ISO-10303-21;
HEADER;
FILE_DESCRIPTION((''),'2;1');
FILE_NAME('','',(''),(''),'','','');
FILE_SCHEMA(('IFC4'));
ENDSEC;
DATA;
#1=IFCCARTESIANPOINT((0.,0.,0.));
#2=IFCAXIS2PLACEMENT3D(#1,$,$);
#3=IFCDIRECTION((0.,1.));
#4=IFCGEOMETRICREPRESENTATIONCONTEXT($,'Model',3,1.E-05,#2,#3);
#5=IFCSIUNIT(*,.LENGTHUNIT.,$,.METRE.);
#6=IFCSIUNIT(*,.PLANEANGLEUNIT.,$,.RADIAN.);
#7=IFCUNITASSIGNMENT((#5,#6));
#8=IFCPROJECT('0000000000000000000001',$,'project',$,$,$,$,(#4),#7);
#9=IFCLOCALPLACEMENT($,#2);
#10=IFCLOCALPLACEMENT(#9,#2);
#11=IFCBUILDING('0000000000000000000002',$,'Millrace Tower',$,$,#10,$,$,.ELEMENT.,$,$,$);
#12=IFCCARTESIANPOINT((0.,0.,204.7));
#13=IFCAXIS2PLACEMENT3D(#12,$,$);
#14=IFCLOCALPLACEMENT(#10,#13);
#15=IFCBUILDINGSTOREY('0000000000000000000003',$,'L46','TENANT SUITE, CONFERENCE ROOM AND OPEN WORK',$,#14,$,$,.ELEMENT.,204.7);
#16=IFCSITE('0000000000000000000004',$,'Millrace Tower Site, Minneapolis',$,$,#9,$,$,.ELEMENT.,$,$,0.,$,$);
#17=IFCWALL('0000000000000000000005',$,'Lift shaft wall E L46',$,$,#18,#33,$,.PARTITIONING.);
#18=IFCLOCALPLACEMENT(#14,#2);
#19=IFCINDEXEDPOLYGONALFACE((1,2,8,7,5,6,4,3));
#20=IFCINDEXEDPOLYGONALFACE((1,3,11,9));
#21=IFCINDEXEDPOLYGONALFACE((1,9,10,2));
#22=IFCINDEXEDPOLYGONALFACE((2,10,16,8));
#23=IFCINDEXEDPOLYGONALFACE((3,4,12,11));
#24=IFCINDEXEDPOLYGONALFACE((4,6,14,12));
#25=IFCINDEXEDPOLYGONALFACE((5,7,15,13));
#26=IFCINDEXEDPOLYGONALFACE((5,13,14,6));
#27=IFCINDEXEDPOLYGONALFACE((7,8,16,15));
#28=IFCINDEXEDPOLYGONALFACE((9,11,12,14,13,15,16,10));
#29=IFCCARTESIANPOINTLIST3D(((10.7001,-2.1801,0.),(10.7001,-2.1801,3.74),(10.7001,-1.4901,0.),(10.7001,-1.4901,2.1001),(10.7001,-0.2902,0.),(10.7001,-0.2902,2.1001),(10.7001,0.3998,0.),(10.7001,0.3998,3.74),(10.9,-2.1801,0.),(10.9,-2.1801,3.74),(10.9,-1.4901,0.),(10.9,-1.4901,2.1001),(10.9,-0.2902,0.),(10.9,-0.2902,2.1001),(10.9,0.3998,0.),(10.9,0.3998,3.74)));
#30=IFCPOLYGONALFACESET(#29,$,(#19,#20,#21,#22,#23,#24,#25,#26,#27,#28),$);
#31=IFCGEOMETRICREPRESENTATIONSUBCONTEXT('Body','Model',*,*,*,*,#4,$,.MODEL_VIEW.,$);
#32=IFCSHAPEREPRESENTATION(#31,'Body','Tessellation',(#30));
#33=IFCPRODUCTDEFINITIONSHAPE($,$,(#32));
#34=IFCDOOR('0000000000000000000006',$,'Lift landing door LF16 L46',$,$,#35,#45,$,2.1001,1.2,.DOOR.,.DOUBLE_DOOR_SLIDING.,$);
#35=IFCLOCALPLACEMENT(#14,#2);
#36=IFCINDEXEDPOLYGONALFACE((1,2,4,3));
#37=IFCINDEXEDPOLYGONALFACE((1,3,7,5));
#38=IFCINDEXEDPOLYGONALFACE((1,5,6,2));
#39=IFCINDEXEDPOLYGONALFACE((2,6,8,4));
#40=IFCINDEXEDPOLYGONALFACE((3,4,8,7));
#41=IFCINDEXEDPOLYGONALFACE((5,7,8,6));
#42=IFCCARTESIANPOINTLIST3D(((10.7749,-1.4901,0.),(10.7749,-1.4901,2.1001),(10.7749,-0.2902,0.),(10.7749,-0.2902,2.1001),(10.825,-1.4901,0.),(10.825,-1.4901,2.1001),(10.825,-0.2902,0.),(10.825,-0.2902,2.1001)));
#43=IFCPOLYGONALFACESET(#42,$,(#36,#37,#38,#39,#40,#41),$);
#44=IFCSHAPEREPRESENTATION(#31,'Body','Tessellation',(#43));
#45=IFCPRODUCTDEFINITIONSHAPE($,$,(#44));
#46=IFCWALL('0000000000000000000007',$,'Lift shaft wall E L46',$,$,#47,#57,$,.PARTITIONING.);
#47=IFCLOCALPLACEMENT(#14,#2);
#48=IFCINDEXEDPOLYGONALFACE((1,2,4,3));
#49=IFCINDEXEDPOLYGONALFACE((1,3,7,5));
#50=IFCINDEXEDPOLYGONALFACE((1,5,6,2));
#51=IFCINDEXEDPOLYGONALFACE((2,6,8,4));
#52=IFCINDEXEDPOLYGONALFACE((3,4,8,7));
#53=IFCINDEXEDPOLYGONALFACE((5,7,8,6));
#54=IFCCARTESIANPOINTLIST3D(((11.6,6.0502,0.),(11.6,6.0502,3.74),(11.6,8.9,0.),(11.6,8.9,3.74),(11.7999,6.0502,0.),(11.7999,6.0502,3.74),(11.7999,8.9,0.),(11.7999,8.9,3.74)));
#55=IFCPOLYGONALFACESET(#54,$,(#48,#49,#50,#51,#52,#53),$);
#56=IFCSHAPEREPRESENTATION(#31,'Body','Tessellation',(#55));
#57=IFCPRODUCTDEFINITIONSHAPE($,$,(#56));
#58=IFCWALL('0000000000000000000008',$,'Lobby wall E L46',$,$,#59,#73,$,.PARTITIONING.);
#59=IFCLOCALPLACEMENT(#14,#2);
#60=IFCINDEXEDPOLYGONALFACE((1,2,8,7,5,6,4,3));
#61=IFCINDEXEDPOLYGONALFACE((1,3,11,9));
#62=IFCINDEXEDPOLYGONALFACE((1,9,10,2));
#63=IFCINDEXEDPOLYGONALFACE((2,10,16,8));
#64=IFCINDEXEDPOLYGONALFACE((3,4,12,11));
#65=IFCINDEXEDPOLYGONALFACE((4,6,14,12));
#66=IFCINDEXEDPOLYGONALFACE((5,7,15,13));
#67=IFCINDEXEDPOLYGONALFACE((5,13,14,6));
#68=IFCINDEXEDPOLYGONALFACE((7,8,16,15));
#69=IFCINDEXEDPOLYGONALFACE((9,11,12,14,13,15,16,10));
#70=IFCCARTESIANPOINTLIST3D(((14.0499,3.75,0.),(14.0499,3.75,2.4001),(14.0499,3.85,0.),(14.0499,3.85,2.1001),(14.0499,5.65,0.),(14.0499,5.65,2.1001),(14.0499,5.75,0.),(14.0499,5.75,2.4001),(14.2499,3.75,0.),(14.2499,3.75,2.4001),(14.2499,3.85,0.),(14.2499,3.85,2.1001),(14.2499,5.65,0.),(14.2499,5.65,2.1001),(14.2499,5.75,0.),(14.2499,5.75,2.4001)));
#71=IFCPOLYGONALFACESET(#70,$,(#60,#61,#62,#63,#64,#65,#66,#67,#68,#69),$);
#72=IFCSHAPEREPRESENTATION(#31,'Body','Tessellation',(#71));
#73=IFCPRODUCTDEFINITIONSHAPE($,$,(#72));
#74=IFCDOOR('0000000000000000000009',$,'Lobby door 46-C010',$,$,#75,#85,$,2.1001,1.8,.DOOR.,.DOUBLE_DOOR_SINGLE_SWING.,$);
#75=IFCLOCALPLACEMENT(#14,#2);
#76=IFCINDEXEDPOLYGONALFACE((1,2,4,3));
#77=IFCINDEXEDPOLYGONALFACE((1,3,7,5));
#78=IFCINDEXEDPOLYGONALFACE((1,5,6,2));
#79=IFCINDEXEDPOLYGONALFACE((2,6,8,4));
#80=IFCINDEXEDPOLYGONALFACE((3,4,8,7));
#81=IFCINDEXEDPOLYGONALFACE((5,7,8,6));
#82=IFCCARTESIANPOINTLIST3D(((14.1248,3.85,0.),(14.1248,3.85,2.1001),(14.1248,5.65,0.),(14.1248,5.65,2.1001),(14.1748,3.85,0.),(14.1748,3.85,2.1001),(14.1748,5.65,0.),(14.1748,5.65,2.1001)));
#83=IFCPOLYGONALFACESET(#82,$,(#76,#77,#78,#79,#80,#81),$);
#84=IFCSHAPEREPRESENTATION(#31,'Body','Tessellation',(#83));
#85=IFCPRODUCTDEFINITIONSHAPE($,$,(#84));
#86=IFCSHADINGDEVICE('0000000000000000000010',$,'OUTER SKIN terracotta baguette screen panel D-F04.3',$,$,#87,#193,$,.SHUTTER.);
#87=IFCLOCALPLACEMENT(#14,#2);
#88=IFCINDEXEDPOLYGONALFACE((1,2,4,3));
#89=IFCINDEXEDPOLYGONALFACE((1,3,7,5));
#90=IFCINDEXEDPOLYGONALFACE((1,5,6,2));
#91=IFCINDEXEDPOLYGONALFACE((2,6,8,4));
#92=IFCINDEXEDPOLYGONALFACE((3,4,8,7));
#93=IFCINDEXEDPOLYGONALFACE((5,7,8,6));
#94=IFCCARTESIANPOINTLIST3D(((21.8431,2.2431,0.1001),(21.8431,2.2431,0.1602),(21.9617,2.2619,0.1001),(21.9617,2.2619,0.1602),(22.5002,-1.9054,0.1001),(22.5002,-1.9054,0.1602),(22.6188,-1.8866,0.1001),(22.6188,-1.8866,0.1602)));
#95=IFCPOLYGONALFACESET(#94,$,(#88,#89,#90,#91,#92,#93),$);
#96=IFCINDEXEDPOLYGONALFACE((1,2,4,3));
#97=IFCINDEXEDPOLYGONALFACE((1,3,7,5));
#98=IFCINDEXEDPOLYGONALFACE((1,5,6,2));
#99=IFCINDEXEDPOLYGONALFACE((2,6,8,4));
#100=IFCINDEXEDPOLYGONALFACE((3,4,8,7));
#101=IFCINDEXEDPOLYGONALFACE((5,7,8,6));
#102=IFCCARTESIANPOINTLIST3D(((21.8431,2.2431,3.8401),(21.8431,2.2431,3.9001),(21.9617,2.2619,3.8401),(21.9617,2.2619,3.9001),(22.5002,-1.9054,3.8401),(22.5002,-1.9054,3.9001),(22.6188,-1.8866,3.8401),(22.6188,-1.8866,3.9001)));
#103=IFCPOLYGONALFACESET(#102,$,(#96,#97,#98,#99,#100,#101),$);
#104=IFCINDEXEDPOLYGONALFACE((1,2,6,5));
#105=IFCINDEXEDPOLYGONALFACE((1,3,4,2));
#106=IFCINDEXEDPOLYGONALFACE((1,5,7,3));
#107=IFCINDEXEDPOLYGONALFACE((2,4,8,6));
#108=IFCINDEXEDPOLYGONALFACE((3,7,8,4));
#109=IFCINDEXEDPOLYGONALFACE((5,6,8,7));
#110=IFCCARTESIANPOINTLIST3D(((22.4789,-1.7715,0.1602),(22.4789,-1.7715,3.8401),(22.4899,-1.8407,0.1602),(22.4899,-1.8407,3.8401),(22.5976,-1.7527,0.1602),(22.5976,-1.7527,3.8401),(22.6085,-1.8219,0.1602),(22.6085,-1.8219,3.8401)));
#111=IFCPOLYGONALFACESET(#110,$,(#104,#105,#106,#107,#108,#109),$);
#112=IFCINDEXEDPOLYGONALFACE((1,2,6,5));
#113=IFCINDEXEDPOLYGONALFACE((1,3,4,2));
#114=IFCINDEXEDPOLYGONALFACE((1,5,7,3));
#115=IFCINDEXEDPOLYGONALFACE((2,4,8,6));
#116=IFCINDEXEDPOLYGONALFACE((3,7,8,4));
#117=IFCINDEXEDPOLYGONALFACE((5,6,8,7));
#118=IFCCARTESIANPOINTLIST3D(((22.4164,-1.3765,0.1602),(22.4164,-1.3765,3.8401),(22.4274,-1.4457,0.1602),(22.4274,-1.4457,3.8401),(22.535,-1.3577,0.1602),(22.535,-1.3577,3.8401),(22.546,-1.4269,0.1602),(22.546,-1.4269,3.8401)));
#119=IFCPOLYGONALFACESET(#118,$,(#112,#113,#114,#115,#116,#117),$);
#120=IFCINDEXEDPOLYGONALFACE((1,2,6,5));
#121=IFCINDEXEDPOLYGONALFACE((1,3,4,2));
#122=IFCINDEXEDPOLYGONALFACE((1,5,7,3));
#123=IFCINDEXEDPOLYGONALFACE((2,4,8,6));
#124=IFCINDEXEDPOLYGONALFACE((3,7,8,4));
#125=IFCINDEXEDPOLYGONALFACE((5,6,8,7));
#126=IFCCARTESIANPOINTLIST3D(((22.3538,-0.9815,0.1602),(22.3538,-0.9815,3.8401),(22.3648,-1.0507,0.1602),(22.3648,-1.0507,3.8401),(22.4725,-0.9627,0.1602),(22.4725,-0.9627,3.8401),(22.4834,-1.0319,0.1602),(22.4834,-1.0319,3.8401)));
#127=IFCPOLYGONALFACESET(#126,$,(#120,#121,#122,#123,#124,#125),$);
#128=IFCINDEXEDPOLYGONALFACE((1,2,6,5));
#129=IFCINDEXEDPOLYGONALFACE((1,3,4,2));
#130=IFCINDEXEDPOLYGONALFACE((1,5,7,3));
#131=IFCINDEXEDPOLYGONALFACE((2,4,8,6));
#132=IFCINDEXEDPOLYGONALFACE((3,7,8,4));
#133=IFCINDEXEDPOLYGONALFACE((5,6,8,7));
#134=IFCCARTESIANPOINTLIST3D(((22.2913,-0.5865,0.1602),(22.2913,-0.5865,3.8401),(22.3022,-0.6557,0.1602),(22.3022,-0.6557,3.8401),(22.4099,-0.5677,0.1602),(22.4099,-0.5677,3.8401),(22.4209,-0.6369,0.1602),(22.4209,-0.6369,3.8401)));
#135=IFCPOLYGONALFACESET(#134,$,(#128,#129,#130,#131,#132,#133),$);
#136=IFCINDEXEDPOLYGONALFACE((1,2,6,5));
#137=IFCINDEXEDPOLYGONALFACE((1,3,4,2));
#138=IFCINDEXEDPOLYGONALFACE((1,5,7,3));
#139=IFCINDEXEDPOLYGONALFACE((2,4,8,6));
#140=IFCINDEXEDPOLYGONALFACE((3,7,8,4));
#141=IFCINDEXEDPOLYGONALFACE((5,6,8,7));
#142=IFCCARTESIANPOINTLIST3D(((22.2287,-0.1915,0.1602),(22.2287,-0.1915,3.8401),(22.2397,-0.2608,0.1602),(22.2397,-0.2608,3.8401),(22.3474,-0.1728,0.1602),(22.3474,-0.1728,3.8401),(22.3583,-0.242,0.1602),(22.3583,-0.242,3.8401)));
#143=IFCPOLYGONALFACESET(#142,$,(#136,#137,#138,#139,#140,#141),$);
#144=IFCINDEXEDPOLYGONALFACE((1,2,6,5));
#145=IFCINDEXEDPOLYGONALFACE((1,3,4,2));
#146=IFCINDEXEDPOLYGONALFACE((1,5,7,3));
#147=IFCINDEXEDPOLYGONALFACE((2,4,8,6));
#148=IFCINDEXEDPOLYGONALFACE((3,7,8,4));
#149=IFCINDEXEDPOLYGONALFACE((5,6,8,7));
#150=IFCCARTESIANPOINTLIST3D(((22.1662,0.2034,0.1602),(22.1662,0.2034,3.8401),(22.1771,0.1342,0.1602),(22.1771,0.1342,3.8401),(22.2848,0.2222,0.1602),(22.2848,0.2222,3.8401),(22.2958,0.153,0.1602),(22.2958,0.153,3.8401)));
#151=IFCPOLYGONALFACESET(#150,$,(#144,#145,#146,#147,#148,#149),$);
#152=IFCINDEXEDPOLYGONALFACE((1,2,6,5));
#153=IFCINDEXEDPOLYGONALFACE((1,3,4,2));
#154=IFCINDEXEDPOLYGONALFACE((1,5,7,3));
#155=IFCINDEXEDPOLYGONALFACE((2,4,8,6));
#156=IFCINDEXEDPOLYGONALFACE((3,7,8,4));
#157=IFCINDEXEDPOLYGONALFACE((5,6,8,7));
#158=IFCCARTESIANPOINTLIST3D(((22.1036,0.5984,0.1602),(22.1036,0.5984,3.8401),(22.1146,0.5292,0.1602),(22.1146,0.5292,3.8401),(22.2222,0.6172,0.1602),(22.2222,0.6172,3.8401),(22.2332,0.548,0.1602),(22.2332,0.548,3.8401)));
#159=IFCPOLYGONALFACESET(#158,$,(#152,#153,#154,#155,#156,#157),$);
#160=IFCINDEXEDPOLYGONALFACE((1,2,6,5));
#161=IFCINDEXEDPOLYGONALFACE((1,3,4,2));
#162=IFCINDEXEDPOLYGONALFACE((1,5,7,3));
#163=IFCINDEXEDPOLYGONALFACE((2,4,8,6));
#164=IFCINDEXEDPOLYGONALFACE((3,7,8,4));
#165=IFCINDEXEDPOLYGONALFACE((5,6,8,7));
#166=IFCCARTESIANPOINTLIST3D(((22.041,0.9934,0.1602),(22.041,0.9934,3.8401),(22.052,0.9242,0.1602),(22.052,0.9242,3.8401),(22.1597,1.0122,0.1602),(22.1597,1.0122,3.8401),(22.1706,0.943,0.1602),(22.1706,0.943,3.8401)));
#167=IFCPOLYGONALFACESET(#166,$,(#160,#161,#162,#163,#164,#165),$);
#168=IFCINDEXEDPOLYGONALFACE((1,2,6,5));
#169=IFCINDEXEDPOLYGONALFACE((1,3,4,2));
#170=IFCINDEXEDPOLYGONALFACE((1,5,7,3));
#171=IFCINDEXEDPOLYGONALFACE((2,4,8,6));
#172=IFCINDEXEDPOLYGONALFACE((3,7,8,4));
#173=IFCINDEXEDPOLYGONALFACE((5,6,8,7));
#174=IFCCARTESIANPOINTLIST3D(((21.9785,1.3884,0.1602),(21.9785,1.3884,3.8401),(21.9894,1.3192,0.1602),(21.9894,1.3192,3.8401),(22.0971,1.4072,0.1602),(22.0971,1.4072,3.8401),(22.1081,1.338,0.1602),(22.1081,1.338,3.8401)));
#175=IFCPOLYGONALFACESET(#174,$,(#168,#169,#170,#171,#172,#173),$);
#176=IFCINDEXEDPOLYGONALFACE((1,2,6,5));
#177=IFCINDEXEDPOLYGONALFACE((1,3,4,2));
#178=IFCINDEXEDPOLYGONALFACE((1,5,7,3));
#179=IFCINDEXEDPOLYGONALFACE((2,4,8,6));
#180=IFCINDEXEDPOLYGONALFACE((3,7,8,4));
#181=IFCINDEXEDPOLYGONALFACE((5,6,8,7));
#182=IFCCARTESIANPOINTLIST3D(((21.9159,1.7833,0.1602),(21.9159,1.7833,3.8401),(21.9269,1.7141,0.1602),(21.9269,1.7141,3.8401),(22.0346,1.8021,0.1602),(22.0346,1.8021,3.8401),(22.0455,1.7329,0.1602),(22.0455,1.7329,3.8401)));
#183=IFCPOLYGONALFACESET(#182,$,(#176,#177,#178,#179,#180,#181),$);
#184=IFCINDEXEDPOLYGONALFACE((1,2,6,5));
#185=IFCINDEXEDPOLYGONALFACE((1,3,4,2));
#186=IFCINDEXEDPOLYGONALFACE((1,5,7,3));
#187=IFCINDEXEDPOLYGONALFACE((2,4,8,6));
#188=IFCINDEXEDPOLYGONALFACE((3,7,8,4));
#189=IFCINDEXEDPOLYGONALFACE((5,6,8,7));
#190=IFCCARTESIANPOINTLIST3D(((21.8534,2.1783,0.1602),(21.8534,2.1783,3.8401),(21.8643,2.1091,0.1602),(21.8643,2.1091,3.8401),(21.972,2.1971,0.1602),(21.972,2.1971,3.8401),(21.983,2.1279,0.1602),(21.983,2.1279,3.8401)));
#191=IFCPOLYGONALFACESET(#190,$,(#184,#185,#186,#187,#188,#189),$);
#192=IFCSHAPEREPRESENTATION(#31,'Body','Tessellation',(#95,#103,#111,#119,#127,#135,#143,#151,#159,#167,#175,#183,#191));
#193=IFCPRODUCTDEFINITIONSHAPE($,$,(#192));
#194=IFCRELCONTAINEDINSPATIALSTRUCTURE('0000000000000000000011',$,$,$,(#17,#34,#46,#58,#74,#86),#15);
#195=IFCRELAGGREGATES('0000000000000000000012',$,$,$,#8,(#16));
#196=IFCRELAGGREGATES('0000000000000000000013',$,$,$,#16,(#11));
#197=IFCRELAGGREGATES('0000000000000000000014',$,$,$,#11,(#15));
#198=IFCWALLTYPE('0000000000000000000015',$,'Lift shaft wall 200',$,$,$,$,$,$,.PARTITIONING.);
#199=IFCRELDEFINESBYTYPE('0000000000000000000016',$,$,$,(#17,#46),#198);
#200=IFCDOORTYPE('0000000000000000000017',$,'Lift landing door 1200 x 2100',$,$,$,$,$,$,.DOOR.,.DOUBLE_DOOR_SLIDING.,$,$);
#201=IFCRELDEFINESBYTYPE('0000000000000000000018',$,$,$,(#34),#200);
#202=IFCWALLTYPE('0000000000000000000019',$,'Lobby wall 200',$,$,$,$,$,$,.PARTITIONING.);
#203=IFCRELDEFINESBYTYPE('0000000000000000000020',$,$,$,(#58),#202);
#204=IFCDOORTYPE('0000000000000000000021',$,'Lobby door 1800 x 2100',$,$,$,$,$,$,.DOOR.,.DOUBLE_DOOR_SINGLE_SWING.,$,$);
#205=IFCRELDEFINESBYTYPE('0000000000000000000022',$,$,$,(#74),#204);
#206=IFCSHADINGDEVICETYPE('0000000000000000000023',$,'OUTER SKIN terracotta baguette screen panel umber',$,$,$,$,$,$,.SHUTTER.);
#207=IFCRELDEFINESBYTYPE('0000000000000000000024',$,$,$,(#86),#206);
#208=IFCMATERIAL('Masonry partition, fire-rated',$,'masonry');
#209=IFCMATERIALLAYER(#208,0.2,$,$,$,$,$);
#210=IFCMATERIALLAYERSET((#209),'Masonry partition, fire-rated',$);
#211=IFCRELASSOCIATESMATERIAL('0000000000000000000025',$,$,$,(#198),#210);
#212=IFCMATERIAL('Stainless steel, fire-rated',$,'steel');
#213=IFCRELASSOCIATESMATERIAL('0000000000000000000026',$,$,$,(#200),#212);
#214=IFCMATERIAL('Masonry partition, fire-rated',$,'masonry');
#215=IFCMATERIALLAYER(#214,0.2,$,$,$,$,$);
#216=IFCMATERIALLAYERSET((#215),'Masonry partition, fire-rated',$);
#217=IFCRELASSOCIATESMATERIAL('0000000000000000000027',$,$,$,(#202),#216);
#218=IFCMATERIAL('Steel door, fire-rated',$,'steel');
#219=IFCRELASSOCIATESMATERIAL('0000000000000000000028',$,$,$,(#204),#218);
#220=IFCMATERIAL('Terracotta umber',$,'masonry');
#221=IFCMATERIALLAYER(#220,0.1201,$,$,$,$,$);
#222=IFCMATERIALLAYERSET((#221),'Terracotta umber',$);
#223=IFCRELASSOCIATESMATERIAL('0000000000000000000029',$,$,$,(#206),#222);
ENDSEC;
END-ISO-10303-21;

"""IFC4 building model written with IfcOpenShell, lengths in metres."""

from ifc_helpers import new_model, entity, si_unit, direction, frame, frame_2d, origin, origin_2d, place, context, subcontext, project, spatial, rectangle, extrude, source, transform, mapped, material, layer, layer_set, type_object, element, fill, save


model = new_model("IFC4")

# Units and contexts
model_context = context("Model", 3, precision=1e-05, world=origin(), true_north=direction((0.0, 1.0)))
body_context = subcontext(model_context, "Body", "Model", "MODEL_VIEW")
ifc_project = project(units=[si_unit("LENGTHUNIT", "METRE"), si_unit("PLANEANGLEUNIT", "RADIAN")], contexts=[model_context])

# Site, building, storey
site_placement = place(None, origin())
site = spatial("IfcSite", under=ifc_project, at=site_placement, Name="Millrace Tower Site, Minneapolis", CompositionType="ELEMENT", RefElevation=0.0)
building_placement = place(site_placement, origin())
building = spatial("IfcBuilding", under=site, at=building_placement, Name="Millrace Tower", CompositionType="ELEMENT")
storey_placement = place(building_placement, frame((0.0, 0.0, 204.7)))
storey = spatial("IfcBuildingStorey", under=building, at=storey_placement, Name="L46", Description="TENANT SUITE, CONFERENCE ROOM AND OPEN WORK", CompositionType="ELEMENT", Elevation=204.7)

# Shared definitions
ifc_material_1 = material(Name="Masonry partition, fire-rated", Category="masonry")
ifc_layer_1 = layer(ifc_material_1, 0.2)
ifc_layer_set_1 = layer_set([ifc_layer_1], Name="Masonry partition, fire-rated")
wall_type_1 = type_object("IfcWallType", Name="Lift shaft wall 200", PredefinedType="PARTITIONING", material=ifc_layer_set_1)
ifc_material_2 = material(Name="Stainless steel, fire-rated", Category="steel")
door_type_1 = type_object("IfcDoorType", Name="Lift landing door 1200 x 2100", OperationType="DOUBLE_DOOR_SLIDING", PredefinedType="DOOR", material=ifc_material_2)

# Wall, opening, door
wall_1_placement = place(storey_placement, frame((10.8, 0.3999, 0.0), z_axis=(0.0, 0.0, 1.0), x_axis=(0.0, -1.0, 0.0)))
wall_1 = element("IfcWall", 1, at=wall_1_placement, inside=storey, type_object=wall_type_1, Name="Lift shaft wall E L46", PredefinedType="PARTITIONING", context=body_context, shape_type="SweptSolid", body=[
    extrude(rectangle(XDim=2.5798, YDim=0.2, at=frame_2d((1.29, 0.0))), origin(), (0.0, 0.0, 1.0), 3.74),
])
opening_1_placement = place(wall_1_placement, frame((0.6899, 0.0, 0.0)))
opening_1 = element("IfcOpeningElement", 2, at=opening_1_placement, cuts=wall_1, PredefinedType="OPENING", context=body_context, shape_type="SweptSolid", body=[
    extrude(rectangle(XDim=1.2, YDim=2.1001, at=frame_2d((0.6001, 1.05))), frame((0.0, 0.1099, 0.0), z_axis=(0.0, -1.0, 0.0), x_axis=(1.0, 0.0, 0.0)), (0.0, 0.0, 1.0), 0.22),
])
door_1_placement = place(opening_1_placement, origin())
door_1 = element("IfcDoor", 3, at=door_1_placement, inside=storey, type_object=door_type_1, Name="Lift landing door LF16 L46", OperationType="DOUBLE_DOOR_SLIDING", OverallHeight=2.1001, OverallWidth=1.2, PredefinedType="DOOR", context=body_context, shape_type="SweptSolid", body=[
    extrude(rectangle(XDim=1.2, YDim=2.1001, at=frame_2d((0.6001, 1.05))), frame((0.0, 0.0249, 0.0), z_axis=(0.0, -1.0, 0.0), x_axis=(1.0, 0.0, 0.0)), (0.0, 0.0, 1.0), 0.05),
])
fill(opening_1, door_1)

# Wall
wall_2_placement = place(storey_placement, frame((11.7, 8.8999, 0.0), z_axis=(0.0, 0.0, 1.0), x_axis=(0.0, -1.0, 0.0)))
element("IfcWall", 4, at=wall_2_placement, inside=storey, type_object=wall_type_1, Name="Lift shaft wall E L46", PredefinedType="PARTITIONING", context=body_context, shape_type="SweptSolid", body=[
    extrude(rectangle(XDim=2.8499, YDim=0.2, at=frame_2d((1.4248, 0.0))), origin(), (0.0, 0.0, 1.0), 3.74),
])

# Wall, opening, door
ifc_material_3 = material(Name="Masonry partition, fire-rated", Category="masonry")
ifc_layer_2 = layer(ifc_material_3, 0.2)
ifc_layer_set_2 = layer_set([ifc_layer_2], Name="Masonry partition, fire-rated")
wall_type_2 = type_object("IfcWallType", Name="Lobby wall 200", PredefinedType="PARTITIONING", material=ifc_layer_set_2)
wall_3_placement = place(storey_placement, frame((14.1499, 5.75, 0.0), z_axis=(0.0, 0.0, 1.0), x_axis=(0.0, -1.0, 0.0)))
wall_3 = element("IfcWall", 5, at=wall_3_placement, inside=storey, type_object=wall_type_2, Name="Lobby wall E L46", PredefinedType="PARTITIONING", context=body_context, shape_type="SweptSolid", body=[
    extrude(rectangle(XDim=2.0, YDim=0.2, at=frame_2d((1.0, 0.0))), origin(), (0.0, 0.0, 1.0), 2.4001),
])
opening_2_placement = place(wall_3_placement, frame((0.1001, 0.0, 0.0)))
opening_2 = element("IfcOpeningElement", 6, at=opening_2_placement, cuts=wall_3, PredefinedType="OPENING", context=body_context, shape_type="SweptSolid", body=[
    extrude(rectangle(XDim=1.8, YDim=2.1001, at=frame_2d((0.8999, 1.05))), frame((0.0, 0.1099, 0.0), z_axis=(0.0, -1.0, 0.0), x_axis=(1.0, 0.0, 0.0)), (0.0, 0.0, 1.0), 0.22),
])
ifc_material_4 = material(Name="Steel door, fire-rated", Category="steel")
door_type_2 = type_object("IfcDoorType", Name="Lobby door 1800 x 2100", OperationType="DOUBLE_DOOR_SINGLE_SWING", PredefinedType="DOOR", material=ifc_material_4)
door_2_placement = place(opening_2_placement, origin())
door_2 = element("IfcDoor", 7, at=door_2_placement, inside=storey, type_object=door_type_2, Name="Lobby door 46-C010", OperationType="DOUBLE_DOOR_SINGLE_SWING", OverallHeight=2.1001, OverallWidth=1.8, PredefinedType="DOOR", context=body_context, shape_type="SweptSolid", body=[
    extrude(rectangle(XDim=1.8, YDim=2.1001, at=frame_2d((0.8999, 1.05))), frame((0.0, 0.0249, 0.0), z_axis=(0.0, -1.0, 0.0), x_axis=(1.0, 0.0, 0.0)), (0.0, 0.0, 1.0), 0.05),
])
fill(opening_2, door_2)

# Shading device
ifc_material_5 = material(Name="Terracotta umber", Category="masonry")
ifc_layer_3 = layer(ifc_material_5, 0.1201)
ifc_layer_set_3 = layer_set([ifc_layer_3], Name="Terracotta umber")
shading_device_type = type_object("IfcShadingDeviceType", Name="OUTER SKIN terracotta baguette screen panel umber", PredefinedType="SHUTTER", material=ifc_layer_set_3)
cartesian_point = entity("IfcCartesianPoint", [-2.1001, 0.0601])
shared_polyline = entity("IfcPolyline", [cartesian_point, entity("IfcCartesianPoint", [2.1001, 0.0601]), entity("IfcCartesianPoint", [2.1001, -0.0601]), entity("IfcCartesianPoint", [-2.1001, -0.0601]), cartesian_point])
shared_shape = source(origin(), body_context, "Body", "SweptSolid", [
    entity("IfcExtrudedAreaSolid", entity("IfcArbitraryClosedProfileDef", "AREA", None, shared_polyline), entity("IfcAxis2Placement3D", entity("IfcCartesianPoint", [0.0, 0.0, 0.0])), entity("IfcDirection", [0.0, 0.0, 1.0]), 0.0601),
    entity("IfcExtrudedAreaSolid", entity("IfcArbitraryClosedProfileDef", "AREA", None, shared_polyline), entity("IfcAxis2Placement3D", entity("IfcCartesianPoint", [0.0, 0.0, 3.74])), entity("IfcDirection", [0.0, 0.0, 1.0]), 0.0601),
    extrude(rectangle(XDim=0.0701, YDim=0.1201, at=frame_2d((-1.9995, 0.0))), frame((0.0, 0.0, 0.0601)), (0.0, 0.0, 1.0), 3.6799),
    extrude(rectangle(XDim=0.0701, YDim=0.1201, at=frame_2d((-1.5996, 0.0))), frame((0.0, 0.0, 0.0601)), (0.0, 0.0, 1.0), 3.6799),
    extrude(rectangle(XDim=0.0701, YDim=0.1201, at=frame_2d((-1.1997, 0.0))), frame((0.0, 0.0, 0.0601)), (0.0, 0.0, 1.0), 3.6799),
    extrude(rectangle(XDim=0.0701, YDim=0.1201, at=frame_2d((-0.7998, 0.0))), frame((0.0, 0.0, 0.0601)), (0.0, 0.0, 1.0), 3.6799),
    extrude(rectangle(XDim=0.0701, YDim=0.1201, at=frame_2d((-0.3999, 0.0))), frame((0.0, 0.0, 0.0601)), (0.0, 0.0, 1.0), 3.6799),
    extrude(rectangle(XDim=0.0701, YDim=0.1201, at=origin_2d()), frame((0.0, 0.0, 0.0601)), (0.0, 0.0, 1.0), 3.6799),
    extrude(rectangle(XDim=0.0701, YDim=0.1201, at=frame_2d((0.3999, 0.0))), frame((0.0, 0.0, 0.0601)), (0.0, 0.0, 1.0), 3.6799),
    extrude(rectangle(XDim=0.0701, YDim=0.1201, at=frame_2d((0.7998, 0.0))), frame((0.0, 0.0, 0.0601)), (0.0, 0.0, 1.0), 3.6799),
    extrude(rectangle(XDim=0.0701, YDim=0.1201, at=frame_2d((1.1997, 0.0))), frame((0.0, 0.0, 0.0601)), (0.0, 0.0, 1.0), 3.6799),
    extrude(rectangle(XDim=0.0701, YDim=0.1201, at=frame_2d((1.5996, 0.0))), frame((0.0, 0.0, 0.0601)), (0.0, 0.0, 1.0), 3.6799),
    extrude(rectangle(XDim=0.0701, YDim=0.1201, at=frame_2d((1.9995, 0.0))), frame((0.0, 0.0, 0.0601)), (0.0, 0.0, 1.0), 3.6799),
])
for number, where, z_axis, x_axis, name in (
    (8, (22.231, 0.1782, 0.1001), (0.0, 0.0, 1.0), (-0.156434, 0.987688, 0.0), "OUTER SKIN terracotta baguette screen panel D-F04.3"),
):
    element("IfcShadingDevice", number, at=place(storey_placement, frame(where, z_axis=z_axis, x_axis=x_axis)), inside=storey, type_object=shading_device_type, Name=name, PredefinedType="SHUTTER", context=body_context, shape_type="MappedRepresentation", body=[
        mapped(shared_shape, transform((0.0, 0.0, 0.0), scale=1.0)),
    ])

save(model, "model.ifc")
